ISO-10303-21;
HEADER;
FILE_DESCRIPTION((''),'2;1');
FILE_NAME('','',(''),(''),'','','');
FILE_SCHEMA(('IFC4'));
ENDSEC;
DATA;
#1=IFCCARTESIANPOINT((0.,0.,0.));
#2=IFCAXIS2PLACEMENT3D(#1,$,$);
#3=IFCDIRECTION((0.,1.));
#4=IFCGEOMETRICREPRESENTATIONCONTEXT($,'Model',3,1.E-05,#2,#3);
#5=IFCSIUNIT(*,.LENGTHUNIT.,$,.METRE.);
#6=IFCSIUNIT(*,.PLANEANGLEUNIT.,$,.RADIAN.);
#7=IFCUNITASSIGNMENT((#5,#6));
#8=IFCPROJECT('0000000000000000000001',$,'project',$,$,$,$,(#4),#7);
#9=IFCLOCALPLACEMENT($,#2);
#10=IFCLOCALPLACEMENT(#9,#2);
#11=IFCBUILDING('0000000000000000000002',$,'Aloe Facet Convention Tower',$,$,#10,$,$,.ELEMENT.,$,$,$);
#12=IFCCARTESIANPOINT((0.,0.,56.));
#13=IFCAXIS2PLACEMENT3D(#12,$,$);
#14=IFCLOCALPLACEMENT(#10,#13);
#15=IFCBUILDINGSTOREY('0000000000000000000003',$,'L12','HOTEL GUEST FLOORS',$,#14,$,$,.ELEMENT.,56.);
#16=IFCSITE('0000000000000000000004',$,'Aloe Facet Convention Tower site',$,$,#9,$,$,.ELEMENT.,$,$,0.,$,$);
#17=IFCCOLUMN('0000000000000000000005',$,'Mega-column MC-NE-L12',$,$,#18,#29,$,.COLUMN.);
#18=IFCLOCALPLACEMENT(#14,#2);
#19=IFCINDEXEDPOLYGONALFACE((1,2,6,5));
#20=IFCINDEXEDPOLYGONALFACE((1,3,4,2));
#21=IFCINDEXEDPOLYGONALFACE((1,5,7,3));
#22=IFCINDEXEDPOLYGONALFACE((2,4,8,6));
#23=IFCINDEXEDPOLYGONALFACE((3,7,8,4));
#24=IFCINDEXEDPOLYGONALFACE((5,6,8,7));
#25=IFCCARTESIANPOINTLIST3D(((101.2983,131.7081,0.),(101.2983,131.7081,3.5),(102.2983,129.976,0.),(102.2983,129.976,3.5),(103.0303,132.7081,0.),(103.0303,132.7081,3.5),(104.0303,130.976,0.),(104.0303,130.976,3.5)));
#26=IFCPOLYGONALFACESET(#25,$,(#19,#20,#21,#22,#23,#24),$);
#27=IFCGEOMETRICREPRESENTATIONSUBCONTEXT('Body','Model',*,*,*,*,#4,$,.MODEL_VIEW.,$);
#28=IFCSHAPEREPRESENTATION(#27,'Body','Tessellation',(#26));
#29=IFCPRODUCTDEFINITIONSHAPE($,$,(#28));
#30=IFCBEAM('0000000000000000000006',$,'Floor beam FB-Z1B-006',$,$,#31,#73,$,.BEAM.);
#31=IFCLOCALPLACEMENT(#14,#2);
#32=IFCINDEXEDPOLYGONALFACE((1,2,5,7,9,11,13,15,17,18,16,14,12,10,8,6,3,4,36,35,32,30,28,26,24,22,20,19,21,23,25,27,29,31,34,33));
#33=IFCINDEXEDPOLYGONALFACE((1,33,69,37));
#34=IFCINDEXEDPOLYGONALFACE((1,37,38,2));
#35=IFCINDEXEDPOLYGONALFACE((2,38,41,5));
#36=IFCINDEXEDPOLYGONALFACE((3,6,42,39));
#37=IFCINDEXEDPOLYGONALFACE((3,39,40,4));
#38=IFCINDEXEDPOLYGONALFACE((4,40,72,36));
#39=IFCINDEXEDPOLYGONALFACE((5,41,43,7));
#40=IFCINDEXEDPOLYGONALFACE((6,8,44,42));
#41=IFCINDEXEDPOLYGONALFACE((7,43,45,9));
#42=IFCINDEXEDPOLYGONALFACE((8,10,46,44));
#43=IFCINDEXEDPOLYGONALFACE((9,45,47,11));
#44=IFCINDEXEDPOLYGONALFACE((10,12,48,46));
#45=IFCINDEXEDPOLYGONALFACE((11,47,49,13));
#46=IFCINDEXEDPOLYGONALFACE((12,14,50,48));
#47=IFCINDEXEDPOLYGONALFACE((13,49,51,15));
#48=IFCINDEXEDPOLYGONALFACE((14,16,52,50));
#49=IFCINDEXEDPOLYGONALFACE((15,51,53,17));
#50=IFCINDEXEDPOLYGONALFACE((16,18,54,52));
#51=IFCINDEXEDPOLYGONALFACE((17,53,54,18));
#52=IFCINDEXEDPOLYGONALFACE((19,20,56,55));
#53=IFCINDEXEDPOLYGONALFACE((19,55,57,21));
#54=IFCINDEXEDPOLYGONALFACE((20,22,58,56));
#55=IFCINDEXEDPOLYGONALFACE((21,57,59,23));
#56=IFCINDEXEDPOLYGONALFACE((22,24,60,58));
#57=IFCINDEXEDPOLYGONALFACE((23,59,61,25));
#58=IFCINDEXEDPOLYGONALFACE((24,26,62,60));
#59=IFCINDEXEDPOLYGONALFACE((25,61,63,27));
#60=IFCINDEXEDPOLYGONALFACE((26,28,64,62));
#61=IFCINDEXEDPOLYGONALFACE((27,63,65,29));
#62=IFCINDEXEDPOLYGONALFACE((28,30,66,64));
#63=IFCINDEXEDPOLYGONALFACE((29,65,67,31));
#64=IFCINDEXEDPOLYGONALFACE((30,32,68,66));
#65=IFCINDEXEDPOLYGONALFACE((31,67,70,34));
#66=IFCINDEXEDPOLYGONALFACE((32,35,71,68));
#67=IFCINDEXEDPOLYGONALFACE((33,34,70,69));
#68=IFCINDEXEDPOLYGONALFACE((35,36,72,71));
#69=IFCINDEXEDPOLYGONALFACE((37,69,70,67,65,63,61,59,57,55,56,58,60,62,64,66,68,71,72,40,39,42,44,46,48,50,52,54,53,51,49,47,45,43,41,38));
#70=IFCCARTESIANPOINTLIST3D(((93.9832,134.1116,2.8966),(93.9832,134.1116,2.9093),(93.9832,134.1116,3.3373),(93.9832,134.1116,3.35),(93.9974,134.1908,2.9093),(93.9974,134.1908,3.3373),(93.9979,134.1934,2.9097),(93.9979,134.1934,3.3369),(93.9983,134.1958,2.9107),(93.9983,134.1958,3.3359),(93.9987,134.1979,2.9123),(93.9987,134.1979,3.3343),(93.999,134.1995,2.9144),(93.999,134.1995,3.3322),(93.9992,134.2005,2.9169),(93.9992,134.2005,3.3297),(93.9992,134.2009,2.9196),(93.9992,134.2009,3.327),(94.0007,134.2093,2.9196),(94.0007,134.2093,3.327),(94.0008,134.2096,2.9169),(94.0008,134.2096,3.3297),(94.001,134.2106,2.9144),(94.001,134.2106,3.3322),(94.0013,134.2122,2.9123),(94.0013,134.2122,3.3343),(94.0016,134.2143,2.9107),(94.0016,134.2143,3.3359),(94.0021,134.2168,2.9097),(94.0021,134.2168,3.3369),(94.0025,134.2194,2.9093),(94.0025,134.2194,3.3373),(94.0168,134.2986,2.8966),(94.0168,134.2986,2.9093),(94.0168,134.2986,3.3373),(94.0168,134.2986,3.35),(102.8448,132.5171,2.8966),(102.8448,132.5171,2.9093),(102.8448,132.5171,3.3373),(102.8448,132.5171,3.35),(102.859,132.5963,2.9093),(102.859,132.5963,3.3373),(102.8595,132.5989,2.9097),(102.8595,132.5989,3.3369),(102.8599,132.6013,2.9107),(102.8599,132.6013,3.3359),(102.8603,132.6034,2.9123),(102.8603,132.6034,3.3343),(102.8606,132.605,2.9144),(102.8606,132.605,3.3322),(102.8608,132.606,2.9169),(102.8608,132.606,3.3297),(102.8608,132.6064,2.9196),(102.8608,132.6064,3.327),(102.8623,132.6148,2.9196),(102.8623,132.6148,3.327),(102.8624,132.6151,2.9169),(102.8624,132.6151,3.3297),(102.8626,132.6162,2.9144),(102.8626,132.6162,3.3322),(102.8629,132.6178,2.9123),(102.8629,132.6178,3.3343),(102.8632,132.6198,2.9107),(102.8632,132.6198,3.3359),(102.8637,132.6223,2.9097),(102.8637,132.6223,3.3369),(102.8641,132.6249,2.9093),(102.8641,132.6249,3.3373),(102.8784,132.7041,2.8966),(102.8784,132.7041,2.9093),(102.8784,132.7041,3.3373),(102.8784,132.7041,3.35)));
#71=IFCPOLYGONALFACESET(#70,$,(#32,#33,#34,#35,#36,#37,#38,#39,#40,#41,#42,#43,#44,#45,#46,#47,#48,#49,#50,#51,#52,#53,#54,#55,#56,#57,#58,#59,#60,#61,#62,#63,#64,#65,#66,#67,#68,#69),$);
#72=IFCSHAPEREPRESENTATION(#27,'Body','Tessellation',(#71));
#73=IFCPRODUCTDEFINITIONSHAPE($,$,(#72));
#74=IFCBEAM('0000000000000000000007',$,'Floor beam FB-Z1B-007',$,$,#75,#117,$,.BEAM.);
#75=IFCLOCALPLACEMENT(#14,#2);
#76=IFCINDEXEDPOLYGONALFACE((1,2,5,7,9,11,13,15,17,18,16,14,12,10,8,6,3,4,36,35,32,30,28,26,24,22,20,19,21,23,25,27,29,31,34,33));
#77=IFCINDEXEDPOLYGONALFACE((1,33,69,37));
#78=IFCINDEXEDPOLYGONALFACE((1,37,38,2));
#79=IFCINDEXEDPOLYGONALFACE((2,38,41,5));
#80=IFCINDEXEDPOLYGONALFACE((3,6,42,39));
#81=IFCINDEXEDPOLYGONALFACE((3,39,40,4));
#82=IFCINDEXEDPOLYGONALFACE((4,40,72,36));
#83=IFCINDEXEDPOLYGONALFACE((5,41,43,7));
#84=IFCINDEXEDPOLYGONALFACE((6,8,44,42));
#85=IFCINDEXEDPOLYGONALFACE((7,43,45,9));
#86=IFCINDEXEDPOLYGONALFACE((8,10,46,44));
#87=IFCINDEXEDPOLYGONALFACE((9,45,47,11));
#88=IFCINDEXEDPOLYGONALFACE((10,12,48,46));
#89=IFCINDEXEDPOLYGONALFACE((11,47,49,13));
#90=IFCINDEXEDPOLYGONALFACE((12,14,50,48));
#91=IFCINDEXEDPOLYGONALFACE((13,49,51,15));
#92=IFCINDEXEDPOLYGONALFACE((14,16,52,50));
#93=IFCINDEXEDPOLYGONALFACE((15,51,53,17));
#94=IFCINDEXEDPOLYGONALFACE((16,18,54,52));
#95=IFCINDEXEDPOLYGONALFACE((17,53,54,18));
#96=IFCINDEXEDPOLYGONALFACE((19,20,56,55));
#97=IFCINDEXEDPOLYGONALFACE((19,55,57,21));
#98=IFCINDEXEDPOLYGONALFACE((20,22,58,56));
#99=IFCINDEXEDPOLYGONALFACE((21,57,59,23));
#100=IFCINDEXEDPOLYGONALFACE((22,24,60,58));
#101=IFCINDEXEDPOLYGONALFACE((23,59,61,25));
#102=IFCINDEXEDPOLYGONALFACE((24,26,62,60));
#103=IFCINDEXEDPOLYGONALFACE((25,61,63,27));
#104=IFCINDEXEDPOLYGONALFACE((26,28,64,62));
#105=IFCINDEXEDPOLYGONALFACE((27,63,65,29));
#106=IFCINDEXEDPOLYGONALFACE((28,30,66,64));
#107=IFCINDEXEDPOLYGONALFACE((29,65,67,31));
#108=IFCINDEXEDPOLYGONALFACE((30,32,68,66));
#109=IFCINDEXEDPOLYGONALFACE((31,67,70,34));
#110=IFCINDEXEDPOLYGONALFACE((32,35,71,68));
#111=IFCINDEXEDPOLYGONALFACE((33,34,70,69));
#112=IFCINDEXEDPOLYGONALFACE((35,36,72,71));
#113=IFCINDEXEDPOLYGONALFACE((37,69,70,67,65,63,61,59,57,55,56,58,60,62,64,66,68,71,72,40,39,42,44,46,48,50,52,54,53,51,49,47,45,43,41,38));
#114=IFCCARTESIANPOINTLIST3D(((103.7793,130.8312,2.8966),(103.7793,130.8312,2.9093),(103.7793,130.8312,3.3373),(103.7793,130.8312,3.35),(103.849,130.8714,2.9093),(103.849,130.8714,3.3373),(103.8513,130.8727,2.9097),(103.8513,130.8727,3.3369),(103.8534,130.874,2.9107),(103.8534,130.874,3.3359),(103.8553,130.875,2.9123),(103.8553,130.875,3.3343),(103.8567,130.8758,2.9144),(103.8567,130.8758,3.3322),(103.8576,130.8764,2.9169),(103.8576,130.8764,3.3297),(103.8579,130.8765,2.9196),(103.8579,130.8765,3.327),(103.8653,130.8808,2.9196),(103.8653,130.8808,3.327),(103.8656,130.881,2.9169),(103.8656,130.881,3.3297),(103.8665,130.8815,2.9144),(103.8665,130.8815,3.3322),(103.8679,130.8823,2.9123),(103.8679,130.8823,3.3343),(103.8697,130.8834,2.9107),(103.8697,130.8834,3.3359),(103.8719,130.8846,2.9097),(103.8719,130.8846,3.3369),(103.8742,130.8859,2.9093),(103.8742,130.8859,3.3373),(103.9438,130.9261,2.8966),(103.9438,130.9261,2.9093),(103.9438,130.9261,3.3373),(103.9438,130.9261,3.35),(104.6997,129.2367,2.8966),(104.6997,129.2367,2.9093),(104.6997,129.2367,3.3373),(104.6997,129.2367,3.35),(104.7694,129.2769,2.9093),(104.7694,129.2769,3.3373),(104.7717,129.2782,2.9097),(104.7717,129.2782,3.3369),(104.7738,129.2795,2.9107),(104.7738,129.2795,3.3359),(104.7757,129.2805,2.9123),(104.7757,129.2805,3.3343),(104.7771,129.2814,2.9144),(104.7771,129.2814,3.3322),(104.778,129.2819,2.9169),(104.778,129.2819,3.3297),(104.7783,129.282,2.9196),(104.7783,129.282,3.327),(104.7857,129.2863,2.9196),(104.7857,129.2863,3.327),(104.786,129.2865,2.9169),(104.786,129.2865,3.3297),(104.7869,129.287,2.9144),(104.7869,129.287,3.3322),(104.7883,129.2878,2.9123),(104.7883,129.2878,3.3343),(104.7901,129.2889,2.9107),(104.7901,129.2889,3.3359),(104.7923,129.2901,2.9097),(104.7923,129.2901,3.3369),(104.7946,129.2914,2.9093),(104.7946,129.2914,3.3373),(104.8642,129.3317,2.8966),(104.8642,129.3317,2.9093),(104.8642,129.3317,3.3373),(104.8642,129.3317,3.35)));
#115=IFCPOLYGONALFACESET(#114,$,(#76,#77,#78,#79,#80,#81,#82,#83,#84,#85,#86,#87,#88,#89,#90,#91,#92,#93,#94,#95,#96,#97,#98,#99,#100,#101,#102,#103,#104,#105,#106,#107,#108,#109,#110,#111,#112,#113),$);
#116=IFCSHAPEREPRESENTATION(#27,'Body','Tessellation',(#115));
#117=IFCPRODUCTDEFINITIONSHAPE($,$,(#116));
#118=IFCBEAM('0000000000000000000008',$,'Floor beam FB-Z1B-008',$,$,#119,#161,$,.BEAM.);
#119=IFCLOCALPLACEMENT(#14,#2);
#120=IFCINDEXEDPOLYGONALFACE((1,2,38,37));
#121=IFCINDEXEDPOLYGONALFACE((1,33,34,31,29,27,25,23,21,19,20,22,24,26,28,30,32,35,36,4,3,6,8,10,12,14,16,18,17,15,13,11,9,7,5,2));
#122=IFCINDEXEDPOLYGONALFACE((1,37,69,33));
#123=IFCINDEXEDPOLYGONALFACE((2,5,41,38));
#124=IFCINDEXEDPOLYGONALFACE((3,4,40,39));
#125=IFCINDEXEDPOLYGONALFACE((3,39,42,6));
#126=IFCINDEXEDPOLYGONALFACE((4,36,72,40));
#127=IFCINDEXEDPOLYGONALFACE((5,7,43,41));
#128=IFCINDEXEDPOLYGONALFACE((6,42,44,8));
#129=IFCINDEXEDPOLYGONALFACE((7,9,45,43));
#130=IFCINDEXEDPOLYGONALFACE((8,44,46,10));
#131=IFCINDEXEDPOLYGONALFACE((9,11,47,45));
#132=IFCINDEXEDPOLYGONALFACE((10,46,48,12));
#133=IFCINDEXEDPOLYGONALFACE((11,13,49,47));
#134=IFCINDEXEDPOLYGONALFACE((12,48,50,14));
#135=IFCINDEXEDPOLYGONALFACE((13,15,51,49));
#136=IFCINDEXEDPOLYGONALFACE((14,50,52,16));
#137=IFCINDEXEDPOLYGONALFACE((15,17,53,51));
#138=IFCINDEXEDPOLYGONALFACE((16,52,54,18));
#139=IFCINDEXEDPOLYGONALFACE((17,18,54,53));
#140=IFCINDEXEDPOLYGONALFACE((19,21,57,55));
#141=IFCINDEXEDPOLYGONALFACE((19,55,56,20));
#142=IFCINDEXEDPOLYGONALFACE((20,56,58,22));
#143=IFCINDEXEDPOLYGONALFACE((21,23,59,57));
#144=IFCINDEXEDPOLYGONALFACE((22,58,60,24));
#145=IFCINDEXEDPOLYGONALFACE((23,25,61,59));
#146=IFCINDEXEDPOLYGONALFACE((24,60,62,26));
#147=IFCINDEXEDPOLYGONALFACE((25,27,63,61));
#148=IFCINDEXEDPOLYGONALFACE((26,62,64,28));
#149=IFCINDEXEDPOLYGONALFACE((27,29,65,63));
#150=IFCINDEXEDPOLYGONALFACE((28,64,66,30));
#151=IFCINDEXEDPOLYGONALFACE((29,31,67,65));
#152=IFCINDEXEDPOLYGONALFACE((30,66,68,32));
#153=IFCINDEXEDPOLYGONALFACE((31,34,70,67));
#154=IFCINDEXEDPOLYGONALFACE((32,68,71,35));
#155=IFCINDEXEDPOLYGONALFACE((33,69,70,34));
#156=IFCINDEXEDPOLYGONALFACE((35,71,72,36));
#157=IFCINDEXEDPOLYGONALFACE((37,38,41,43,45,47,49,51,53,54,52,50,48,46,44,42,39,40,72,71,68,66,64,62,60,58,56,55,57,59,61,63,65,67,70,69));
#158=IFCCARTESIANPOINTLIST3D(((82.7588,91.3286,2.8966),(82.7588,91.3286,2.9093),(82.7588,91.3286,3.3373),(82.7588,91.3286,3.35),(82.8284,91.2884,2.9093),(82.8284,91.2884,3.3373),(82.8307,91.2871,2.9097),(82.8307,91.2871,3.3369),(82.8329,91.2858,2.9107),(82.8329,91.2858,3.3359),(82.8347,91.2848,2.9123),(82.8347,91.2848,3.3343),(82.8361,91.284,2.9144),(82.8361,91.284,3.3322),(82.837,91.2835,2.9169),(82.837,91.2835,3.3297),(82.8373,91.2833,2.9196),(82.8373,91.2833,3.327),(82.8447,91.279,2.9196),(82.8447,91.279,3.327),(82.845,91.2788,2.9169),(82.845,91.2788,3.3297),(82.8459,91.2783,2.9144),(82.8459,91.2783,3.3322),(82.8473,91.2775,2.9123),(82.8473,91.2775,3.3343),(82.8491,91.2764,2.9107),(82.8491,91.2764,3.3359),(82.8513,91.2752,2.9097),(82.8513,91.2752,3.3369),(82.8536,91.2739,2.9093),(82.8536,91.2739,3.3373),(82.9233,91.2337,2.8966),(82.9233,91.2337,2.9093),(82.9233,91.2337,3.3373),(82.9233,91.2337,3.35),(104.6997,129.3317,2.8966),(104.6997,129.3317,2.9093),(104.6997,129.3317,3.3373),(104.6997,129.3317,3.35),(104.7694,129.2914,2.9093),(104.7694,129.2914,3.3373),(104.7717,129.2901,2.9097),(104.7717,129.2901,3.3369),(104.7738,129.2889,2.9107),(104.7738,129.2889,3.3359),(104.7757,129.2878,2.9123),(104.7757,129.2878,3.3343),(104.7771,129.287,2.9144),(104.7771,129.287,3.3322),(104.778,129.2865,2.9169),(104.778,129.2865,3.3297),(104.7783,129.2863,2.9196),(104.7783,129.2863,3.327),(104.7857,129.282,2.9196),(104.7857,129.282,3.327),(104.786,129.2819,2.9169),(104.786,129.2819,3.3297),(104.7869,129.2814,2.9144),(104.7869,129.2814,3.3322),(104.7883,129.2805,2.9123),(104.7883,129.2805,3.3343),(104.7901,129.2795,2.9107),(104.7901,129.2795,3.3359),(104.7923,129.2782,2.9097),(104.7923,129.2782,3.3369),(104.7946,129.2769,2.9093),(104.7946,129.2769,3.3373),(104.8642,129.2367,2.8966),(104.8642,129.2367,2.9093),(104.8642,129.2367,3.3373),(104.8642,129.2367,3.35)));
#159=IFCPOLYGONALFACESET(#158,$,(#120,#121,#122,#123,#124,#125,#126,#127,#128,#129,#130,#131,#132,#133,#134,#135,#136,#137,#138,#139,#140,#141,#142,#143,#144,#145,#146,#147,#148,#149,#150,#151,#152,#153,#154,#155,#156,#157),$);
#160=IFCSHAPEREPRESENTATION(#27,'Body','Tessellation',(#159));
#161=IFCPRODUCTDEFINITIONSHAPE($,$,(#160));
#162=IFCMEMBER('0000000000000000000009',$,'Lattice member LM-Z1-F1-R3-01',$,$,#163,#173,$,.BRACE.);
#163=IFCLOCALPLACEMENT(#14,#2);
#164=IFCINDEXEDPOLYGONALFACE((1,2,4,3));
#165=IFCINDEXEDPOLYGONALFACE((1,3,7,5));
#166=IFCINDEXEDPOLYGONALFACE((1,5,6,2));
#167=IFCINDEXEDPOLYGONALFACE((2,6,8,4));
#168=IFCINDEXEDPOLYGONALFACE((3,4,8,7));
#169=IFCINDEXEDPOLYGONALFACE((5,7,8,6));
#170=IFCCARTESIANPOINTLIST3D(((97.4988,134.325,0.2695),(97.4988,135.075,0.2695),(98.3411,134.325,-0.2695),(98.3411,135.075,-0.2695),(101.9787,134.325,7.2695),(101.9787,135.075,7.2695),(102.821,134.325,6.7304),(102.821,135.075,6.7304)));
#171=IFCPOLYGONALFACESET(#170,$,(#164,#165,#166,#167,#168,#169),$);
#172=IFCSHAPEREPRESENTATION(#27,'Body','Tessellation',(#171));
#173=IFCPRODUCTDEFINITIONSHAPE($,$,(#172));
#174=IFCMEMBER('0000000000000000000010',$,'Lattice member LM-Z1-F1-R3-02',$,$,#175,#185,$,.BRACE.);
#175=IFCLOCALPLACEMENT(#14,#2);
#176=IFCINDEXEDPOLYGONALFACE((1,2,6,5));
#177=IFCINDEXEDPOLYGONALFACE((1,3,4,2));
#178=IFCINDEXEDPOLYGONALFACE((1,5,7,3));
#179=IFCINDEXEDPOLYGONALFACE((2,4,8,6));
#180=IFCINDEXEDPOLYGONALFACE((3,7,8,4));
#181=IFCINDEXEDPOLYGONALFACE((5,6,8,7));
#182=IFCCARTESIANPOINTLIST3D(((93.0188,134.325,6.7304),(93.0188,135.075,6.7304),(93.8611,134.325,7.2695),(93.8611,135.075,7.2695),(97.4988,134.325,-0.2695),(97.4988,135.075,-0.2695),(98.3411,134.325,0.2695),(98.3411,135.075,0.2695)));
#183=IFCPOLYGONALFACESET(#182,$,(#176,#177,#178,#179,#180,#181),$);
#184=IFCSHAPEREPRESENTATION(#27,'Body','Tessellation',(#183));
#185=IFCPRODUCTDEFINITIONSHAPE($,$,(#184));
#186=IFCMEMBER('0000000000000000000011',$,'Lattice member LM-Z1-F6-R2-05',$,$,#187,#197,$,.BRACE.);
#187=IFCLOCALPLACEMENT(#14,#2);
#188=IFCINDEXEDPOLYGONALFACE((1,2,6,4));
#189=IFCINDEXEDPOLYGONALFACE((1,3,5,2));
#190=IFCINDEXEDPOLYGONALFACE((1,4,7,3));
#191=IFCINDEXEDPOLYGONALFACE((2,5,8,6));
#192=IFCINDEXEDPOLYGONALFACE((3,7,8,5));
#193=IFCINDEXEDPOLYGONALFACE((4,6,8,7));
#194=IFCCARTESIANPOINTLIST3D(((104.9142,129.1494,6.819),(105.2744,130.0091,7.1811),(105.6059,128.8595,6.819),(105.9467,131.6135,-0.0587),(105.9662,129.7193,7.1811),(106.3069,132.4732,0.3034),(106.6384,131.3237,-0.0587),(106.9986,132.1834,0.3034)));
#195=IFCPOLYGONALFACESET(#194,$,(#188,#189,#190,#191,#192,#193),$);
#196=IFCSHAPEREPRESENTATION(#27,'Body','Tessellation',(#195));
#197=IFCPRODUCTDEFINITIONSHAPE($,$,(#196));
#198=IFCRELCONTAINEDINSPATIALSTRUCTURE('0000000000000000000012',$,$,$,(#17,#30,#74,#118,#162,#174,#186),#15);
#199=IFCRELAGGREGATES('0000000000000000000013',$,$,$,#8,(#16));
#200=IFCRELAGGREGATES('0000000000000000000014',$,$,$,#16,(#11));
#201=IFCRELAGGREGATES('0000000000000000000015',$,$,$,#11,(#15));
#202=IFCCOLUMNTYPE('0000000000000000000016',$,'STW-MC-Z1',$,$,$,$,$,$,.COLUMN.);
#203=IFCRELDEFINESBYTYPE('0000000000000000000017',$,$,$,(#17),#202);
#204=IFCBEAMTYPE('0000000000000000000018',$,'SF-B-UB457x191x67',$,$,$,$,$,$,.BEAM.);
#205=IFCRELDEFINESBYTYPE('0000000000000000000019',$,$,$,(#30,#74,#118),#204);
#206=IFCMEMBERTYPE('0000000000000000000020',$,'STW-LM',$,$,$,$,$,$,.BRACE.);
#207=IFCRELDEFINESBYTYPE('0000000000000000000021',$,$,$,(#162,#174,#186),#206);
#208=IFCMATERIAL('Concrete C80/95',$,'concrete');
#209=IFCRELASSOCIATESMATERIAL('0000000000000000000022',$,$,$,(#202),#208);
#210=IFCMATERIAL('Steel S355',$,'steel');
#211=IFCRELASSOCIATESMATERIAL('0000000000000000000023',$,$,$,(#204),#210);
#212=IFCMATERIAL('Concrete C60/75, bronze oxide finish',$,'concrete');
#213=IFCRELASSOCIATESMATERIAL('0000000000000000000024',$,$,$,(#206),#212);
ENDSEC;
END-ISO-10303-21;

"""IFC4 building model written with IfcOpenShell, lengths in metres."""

from ifc_helpers import new_model, si_unit, direction, frame, origin, origin_2d, place, context, subcontext, project, spatial, rectangle, i_section, extrude, material, material_profile, profile_set, type_object, element, save


model = new_model("IFC4")

# Units and contexts
model_context = context("Model", 3, precision=1e-05, world=origin(), true_north=direction((0.0, 1.0)))
body_context = subcontext(model_context, "Body", "Model", "MODEL_VIEW")
ifc_project = project(units=[si_unit("LENGTHUNIT", "METRE"), si_unit("PLANEANGLEUNIT", "RADIAN")], contexts=[model_context])

# Site, building, storey
site_placement = place(None, origin())
site = spatial("IfcSite", under=ifc_project, at=site_placement, Name="Aloe Facet Convention Tower site", CompositionType="ELEMENT", RefElevation=0.0)
building_placement = place(site_placement, origin())
building = spatial("IfcBuilding", under=site, at=building_placement, Name="Aloe Facet Convention Tower", CompositionType="ELEMENT")
storey_placement = place(building_placement, frame((0.0, 0.0, 56.0)))
storey = spatial("IfcBuildingStorey", under=building, at=storey_placement, Name="L12", Description="HOTEL GUEST FLOORS", CompositionType="ELEMENT", Elevation=56.0)

# Column
ifc_material_1 = material(Name="Concrete C80/95", Category="concrete")
ifc_material_profile_1 = material_profile(ifc_material_1, rectangle(XDim=2.0, YDim=2.0, at=origin_2d()), Name="STW-MC-Z1")
ifc_profile_set_1 = profile_set([ifc_material_profile_1], Name="Concrete C80/95")
column_type = type_object("IfcColumnType", Name="STW-MC-Z1", PredefinedType="COLUMN", material=ifc_profile_set_1)
column_placement = place(storey_placement, frame((102.6643, 131.342, 0.0), z_axis=(0.0, 0.0, 1.0), x_axis=(-0.5, 0.866025, 0.0)))
element("IfcColumn", 1, at=column_placement, inside=storey, type_object=column_type, Name="Mega-column MC-NE-L12", PredefinedType="COLUMN", context=body_context, shape_type="SweptSolid", body=[
    extrude(rectangle(XDim=2.0, YDim=2.0, at=origin_2d()), origin(), (0.0, 0.0, 1.0), 3.5),
])

# Beams
ifc_material_2 = material(Name="Steel S355", Category="steel")
ifc_material_profile_2 = material_profile(ifc_material_2, i_section(OverallWidth=0.1899, OverallDepth=0.4534, WebThickness=0.0085, FlangeThickness=0.0127, FilletRadius=0.0103, at=origin_2d()), Name="UB 457x191x67")
ifc_profile_set_2 = profile_set([ifc_material_profile_2], Name="Steel S355")
beam_type = type_object("IfcBeamType", Name="SF-B-UB457x191x67", PredefinedType="BEAM", material=ifc_profile_set_2)
beam_1_placement = place(storey_placement, frame((102.8616, 132.6106, 3.1233), z_axis=(-0.984195, 0.177088, 0.0), x_axis=(-0.177088, -0.984195, 0.0)))
element("IfcBeam", 2, at=beam_1_placement, inside=storey, type_object=beam_type, Name="Floor beam FB-Z1B-006", PredefinedType="BEAM", context=body_context, shape_type="SweptSolid", body=[
    extrude(i_section(OverallWidth=0.1899, OverallDepth=0.4534, WebThickness=0.0085, FlangeThickness=0.0127, FilletRadius=0.0103, at=origin_2d()), origin(), (0.0, 0.0, 1.0), 9.0039),
])
beam_2_placement = place(storey_placement, frame((103.8616, 130.8787, 3.1233), z_axis=(0.499933, -0.866064, 0.0), x_axis=(0.866064, 0.499933, 0.0)))
element("IfcBeam", 3, at=beam_2_placement, inside=storey, type_object=beam_type, Name="Floor beam FB-Z1B-007", PredefinedType="BEAM", context=body_context, shape_type="SweptSolid", body=[
    extrude(i_section(OverallWidth=0.1899, OverallDepth=0.4534, WebThickness=0.0085, FlangeThickness=0.0127, FilletRadius=0.0103, at=origin_2d()), origin(), (0.0, 0.0, 1.0), 1.8411),
])
beam_3_placement = place(storey_placement, frame((104.782, 129.2842, 3.1233), z_axis=(-0.499999, -0.866026, 0.0), x_axis=(0.866026, -0.499999, 0.0)))
element("IfcBeam", 4, at=beam_3_placement, inside=storey, type_object=beam_type, Name="Floor beam FB-Z1B-008", PredefinedType="BEAM", context=body_context, shape_type="SweptSolid", body=[
    extrude(i_section(OverallWidth=0.1899, OverallDepth=0.4534, WebThickness=0.0085, FlangeThickness=0.0127, FilletRadius=0.0103, at=origin_2d()), origin(), (0.0, 0.0, 1.0), 43.8821),
])

# Members
ifc_material_3 = material(Name="Concrete C60/75, bronze oxide finish", Category="concrete")
ifc_material_profile_3 = material_profile(ifc_material_3, rectangle(XDim=0.75, YDim=1.0, at=origin_2d()), Name="STW-LM")
ifc_profile_set_3 = profile_set([ifc_material_profile_3], Name="Concrete C60/75, bronze oxide finish")
member_type = type_object("IfcMemberType", Name="STW-LM", PredefinedType="BRACE", material=ifc_profile_set_3)
for number, where, z_axis, x_axis, name in (
    (5, (97.9199, 134.7, 0.0), (0.539052, 0.0, 0.842272), (0.0, 1.0, 0.0), "Lattice member LM-Z1-F1-R3-01"),
    (6, (97.9199, 134.7, 0.0), (-0.539052, 0.0, 0.842272), (0.0, -1.0, 0.0), "Lattice member LM-Z1-F1-R3-02"),
):
    element("IfcMember", number, at=place(storey_placement, frame(where, z_axis=z_axis, x_axis=x_axis)), inside=storey, type_object=member_type, Name=name, PredefinedType="BRACE", context=body_context, shape_type="SweptSolid", body=[
        extrude(rectangle(XDim=0.75, YDim=1.0, at=origin_2d()), origin(), (0.0, 0.0, 1.0), 8.3108),
    ])
member_1_placement = place(storey_placement, frame((106.4727, 131.8984, 0.1223), z_axis=(-0.139932, -0.333964, 0.932141), x_axis=(0.92231, -0.386451, 0.0)))
element("IfcMember", 7, at=member_1_placement, inside=storey, type_object=member_type, Name="Lattice member LM-Z1-F6-R2-05", PredefinedType="BRACE", context=body_context, shape_type="SweptSolid", body=[
    extrude(rectangle(XDim=0.75, YDim=1.0, at=origin_2d()), origin(), (0.0, 0.0, 1.0), 7.3784),
])

save(model, "model.ifc")
